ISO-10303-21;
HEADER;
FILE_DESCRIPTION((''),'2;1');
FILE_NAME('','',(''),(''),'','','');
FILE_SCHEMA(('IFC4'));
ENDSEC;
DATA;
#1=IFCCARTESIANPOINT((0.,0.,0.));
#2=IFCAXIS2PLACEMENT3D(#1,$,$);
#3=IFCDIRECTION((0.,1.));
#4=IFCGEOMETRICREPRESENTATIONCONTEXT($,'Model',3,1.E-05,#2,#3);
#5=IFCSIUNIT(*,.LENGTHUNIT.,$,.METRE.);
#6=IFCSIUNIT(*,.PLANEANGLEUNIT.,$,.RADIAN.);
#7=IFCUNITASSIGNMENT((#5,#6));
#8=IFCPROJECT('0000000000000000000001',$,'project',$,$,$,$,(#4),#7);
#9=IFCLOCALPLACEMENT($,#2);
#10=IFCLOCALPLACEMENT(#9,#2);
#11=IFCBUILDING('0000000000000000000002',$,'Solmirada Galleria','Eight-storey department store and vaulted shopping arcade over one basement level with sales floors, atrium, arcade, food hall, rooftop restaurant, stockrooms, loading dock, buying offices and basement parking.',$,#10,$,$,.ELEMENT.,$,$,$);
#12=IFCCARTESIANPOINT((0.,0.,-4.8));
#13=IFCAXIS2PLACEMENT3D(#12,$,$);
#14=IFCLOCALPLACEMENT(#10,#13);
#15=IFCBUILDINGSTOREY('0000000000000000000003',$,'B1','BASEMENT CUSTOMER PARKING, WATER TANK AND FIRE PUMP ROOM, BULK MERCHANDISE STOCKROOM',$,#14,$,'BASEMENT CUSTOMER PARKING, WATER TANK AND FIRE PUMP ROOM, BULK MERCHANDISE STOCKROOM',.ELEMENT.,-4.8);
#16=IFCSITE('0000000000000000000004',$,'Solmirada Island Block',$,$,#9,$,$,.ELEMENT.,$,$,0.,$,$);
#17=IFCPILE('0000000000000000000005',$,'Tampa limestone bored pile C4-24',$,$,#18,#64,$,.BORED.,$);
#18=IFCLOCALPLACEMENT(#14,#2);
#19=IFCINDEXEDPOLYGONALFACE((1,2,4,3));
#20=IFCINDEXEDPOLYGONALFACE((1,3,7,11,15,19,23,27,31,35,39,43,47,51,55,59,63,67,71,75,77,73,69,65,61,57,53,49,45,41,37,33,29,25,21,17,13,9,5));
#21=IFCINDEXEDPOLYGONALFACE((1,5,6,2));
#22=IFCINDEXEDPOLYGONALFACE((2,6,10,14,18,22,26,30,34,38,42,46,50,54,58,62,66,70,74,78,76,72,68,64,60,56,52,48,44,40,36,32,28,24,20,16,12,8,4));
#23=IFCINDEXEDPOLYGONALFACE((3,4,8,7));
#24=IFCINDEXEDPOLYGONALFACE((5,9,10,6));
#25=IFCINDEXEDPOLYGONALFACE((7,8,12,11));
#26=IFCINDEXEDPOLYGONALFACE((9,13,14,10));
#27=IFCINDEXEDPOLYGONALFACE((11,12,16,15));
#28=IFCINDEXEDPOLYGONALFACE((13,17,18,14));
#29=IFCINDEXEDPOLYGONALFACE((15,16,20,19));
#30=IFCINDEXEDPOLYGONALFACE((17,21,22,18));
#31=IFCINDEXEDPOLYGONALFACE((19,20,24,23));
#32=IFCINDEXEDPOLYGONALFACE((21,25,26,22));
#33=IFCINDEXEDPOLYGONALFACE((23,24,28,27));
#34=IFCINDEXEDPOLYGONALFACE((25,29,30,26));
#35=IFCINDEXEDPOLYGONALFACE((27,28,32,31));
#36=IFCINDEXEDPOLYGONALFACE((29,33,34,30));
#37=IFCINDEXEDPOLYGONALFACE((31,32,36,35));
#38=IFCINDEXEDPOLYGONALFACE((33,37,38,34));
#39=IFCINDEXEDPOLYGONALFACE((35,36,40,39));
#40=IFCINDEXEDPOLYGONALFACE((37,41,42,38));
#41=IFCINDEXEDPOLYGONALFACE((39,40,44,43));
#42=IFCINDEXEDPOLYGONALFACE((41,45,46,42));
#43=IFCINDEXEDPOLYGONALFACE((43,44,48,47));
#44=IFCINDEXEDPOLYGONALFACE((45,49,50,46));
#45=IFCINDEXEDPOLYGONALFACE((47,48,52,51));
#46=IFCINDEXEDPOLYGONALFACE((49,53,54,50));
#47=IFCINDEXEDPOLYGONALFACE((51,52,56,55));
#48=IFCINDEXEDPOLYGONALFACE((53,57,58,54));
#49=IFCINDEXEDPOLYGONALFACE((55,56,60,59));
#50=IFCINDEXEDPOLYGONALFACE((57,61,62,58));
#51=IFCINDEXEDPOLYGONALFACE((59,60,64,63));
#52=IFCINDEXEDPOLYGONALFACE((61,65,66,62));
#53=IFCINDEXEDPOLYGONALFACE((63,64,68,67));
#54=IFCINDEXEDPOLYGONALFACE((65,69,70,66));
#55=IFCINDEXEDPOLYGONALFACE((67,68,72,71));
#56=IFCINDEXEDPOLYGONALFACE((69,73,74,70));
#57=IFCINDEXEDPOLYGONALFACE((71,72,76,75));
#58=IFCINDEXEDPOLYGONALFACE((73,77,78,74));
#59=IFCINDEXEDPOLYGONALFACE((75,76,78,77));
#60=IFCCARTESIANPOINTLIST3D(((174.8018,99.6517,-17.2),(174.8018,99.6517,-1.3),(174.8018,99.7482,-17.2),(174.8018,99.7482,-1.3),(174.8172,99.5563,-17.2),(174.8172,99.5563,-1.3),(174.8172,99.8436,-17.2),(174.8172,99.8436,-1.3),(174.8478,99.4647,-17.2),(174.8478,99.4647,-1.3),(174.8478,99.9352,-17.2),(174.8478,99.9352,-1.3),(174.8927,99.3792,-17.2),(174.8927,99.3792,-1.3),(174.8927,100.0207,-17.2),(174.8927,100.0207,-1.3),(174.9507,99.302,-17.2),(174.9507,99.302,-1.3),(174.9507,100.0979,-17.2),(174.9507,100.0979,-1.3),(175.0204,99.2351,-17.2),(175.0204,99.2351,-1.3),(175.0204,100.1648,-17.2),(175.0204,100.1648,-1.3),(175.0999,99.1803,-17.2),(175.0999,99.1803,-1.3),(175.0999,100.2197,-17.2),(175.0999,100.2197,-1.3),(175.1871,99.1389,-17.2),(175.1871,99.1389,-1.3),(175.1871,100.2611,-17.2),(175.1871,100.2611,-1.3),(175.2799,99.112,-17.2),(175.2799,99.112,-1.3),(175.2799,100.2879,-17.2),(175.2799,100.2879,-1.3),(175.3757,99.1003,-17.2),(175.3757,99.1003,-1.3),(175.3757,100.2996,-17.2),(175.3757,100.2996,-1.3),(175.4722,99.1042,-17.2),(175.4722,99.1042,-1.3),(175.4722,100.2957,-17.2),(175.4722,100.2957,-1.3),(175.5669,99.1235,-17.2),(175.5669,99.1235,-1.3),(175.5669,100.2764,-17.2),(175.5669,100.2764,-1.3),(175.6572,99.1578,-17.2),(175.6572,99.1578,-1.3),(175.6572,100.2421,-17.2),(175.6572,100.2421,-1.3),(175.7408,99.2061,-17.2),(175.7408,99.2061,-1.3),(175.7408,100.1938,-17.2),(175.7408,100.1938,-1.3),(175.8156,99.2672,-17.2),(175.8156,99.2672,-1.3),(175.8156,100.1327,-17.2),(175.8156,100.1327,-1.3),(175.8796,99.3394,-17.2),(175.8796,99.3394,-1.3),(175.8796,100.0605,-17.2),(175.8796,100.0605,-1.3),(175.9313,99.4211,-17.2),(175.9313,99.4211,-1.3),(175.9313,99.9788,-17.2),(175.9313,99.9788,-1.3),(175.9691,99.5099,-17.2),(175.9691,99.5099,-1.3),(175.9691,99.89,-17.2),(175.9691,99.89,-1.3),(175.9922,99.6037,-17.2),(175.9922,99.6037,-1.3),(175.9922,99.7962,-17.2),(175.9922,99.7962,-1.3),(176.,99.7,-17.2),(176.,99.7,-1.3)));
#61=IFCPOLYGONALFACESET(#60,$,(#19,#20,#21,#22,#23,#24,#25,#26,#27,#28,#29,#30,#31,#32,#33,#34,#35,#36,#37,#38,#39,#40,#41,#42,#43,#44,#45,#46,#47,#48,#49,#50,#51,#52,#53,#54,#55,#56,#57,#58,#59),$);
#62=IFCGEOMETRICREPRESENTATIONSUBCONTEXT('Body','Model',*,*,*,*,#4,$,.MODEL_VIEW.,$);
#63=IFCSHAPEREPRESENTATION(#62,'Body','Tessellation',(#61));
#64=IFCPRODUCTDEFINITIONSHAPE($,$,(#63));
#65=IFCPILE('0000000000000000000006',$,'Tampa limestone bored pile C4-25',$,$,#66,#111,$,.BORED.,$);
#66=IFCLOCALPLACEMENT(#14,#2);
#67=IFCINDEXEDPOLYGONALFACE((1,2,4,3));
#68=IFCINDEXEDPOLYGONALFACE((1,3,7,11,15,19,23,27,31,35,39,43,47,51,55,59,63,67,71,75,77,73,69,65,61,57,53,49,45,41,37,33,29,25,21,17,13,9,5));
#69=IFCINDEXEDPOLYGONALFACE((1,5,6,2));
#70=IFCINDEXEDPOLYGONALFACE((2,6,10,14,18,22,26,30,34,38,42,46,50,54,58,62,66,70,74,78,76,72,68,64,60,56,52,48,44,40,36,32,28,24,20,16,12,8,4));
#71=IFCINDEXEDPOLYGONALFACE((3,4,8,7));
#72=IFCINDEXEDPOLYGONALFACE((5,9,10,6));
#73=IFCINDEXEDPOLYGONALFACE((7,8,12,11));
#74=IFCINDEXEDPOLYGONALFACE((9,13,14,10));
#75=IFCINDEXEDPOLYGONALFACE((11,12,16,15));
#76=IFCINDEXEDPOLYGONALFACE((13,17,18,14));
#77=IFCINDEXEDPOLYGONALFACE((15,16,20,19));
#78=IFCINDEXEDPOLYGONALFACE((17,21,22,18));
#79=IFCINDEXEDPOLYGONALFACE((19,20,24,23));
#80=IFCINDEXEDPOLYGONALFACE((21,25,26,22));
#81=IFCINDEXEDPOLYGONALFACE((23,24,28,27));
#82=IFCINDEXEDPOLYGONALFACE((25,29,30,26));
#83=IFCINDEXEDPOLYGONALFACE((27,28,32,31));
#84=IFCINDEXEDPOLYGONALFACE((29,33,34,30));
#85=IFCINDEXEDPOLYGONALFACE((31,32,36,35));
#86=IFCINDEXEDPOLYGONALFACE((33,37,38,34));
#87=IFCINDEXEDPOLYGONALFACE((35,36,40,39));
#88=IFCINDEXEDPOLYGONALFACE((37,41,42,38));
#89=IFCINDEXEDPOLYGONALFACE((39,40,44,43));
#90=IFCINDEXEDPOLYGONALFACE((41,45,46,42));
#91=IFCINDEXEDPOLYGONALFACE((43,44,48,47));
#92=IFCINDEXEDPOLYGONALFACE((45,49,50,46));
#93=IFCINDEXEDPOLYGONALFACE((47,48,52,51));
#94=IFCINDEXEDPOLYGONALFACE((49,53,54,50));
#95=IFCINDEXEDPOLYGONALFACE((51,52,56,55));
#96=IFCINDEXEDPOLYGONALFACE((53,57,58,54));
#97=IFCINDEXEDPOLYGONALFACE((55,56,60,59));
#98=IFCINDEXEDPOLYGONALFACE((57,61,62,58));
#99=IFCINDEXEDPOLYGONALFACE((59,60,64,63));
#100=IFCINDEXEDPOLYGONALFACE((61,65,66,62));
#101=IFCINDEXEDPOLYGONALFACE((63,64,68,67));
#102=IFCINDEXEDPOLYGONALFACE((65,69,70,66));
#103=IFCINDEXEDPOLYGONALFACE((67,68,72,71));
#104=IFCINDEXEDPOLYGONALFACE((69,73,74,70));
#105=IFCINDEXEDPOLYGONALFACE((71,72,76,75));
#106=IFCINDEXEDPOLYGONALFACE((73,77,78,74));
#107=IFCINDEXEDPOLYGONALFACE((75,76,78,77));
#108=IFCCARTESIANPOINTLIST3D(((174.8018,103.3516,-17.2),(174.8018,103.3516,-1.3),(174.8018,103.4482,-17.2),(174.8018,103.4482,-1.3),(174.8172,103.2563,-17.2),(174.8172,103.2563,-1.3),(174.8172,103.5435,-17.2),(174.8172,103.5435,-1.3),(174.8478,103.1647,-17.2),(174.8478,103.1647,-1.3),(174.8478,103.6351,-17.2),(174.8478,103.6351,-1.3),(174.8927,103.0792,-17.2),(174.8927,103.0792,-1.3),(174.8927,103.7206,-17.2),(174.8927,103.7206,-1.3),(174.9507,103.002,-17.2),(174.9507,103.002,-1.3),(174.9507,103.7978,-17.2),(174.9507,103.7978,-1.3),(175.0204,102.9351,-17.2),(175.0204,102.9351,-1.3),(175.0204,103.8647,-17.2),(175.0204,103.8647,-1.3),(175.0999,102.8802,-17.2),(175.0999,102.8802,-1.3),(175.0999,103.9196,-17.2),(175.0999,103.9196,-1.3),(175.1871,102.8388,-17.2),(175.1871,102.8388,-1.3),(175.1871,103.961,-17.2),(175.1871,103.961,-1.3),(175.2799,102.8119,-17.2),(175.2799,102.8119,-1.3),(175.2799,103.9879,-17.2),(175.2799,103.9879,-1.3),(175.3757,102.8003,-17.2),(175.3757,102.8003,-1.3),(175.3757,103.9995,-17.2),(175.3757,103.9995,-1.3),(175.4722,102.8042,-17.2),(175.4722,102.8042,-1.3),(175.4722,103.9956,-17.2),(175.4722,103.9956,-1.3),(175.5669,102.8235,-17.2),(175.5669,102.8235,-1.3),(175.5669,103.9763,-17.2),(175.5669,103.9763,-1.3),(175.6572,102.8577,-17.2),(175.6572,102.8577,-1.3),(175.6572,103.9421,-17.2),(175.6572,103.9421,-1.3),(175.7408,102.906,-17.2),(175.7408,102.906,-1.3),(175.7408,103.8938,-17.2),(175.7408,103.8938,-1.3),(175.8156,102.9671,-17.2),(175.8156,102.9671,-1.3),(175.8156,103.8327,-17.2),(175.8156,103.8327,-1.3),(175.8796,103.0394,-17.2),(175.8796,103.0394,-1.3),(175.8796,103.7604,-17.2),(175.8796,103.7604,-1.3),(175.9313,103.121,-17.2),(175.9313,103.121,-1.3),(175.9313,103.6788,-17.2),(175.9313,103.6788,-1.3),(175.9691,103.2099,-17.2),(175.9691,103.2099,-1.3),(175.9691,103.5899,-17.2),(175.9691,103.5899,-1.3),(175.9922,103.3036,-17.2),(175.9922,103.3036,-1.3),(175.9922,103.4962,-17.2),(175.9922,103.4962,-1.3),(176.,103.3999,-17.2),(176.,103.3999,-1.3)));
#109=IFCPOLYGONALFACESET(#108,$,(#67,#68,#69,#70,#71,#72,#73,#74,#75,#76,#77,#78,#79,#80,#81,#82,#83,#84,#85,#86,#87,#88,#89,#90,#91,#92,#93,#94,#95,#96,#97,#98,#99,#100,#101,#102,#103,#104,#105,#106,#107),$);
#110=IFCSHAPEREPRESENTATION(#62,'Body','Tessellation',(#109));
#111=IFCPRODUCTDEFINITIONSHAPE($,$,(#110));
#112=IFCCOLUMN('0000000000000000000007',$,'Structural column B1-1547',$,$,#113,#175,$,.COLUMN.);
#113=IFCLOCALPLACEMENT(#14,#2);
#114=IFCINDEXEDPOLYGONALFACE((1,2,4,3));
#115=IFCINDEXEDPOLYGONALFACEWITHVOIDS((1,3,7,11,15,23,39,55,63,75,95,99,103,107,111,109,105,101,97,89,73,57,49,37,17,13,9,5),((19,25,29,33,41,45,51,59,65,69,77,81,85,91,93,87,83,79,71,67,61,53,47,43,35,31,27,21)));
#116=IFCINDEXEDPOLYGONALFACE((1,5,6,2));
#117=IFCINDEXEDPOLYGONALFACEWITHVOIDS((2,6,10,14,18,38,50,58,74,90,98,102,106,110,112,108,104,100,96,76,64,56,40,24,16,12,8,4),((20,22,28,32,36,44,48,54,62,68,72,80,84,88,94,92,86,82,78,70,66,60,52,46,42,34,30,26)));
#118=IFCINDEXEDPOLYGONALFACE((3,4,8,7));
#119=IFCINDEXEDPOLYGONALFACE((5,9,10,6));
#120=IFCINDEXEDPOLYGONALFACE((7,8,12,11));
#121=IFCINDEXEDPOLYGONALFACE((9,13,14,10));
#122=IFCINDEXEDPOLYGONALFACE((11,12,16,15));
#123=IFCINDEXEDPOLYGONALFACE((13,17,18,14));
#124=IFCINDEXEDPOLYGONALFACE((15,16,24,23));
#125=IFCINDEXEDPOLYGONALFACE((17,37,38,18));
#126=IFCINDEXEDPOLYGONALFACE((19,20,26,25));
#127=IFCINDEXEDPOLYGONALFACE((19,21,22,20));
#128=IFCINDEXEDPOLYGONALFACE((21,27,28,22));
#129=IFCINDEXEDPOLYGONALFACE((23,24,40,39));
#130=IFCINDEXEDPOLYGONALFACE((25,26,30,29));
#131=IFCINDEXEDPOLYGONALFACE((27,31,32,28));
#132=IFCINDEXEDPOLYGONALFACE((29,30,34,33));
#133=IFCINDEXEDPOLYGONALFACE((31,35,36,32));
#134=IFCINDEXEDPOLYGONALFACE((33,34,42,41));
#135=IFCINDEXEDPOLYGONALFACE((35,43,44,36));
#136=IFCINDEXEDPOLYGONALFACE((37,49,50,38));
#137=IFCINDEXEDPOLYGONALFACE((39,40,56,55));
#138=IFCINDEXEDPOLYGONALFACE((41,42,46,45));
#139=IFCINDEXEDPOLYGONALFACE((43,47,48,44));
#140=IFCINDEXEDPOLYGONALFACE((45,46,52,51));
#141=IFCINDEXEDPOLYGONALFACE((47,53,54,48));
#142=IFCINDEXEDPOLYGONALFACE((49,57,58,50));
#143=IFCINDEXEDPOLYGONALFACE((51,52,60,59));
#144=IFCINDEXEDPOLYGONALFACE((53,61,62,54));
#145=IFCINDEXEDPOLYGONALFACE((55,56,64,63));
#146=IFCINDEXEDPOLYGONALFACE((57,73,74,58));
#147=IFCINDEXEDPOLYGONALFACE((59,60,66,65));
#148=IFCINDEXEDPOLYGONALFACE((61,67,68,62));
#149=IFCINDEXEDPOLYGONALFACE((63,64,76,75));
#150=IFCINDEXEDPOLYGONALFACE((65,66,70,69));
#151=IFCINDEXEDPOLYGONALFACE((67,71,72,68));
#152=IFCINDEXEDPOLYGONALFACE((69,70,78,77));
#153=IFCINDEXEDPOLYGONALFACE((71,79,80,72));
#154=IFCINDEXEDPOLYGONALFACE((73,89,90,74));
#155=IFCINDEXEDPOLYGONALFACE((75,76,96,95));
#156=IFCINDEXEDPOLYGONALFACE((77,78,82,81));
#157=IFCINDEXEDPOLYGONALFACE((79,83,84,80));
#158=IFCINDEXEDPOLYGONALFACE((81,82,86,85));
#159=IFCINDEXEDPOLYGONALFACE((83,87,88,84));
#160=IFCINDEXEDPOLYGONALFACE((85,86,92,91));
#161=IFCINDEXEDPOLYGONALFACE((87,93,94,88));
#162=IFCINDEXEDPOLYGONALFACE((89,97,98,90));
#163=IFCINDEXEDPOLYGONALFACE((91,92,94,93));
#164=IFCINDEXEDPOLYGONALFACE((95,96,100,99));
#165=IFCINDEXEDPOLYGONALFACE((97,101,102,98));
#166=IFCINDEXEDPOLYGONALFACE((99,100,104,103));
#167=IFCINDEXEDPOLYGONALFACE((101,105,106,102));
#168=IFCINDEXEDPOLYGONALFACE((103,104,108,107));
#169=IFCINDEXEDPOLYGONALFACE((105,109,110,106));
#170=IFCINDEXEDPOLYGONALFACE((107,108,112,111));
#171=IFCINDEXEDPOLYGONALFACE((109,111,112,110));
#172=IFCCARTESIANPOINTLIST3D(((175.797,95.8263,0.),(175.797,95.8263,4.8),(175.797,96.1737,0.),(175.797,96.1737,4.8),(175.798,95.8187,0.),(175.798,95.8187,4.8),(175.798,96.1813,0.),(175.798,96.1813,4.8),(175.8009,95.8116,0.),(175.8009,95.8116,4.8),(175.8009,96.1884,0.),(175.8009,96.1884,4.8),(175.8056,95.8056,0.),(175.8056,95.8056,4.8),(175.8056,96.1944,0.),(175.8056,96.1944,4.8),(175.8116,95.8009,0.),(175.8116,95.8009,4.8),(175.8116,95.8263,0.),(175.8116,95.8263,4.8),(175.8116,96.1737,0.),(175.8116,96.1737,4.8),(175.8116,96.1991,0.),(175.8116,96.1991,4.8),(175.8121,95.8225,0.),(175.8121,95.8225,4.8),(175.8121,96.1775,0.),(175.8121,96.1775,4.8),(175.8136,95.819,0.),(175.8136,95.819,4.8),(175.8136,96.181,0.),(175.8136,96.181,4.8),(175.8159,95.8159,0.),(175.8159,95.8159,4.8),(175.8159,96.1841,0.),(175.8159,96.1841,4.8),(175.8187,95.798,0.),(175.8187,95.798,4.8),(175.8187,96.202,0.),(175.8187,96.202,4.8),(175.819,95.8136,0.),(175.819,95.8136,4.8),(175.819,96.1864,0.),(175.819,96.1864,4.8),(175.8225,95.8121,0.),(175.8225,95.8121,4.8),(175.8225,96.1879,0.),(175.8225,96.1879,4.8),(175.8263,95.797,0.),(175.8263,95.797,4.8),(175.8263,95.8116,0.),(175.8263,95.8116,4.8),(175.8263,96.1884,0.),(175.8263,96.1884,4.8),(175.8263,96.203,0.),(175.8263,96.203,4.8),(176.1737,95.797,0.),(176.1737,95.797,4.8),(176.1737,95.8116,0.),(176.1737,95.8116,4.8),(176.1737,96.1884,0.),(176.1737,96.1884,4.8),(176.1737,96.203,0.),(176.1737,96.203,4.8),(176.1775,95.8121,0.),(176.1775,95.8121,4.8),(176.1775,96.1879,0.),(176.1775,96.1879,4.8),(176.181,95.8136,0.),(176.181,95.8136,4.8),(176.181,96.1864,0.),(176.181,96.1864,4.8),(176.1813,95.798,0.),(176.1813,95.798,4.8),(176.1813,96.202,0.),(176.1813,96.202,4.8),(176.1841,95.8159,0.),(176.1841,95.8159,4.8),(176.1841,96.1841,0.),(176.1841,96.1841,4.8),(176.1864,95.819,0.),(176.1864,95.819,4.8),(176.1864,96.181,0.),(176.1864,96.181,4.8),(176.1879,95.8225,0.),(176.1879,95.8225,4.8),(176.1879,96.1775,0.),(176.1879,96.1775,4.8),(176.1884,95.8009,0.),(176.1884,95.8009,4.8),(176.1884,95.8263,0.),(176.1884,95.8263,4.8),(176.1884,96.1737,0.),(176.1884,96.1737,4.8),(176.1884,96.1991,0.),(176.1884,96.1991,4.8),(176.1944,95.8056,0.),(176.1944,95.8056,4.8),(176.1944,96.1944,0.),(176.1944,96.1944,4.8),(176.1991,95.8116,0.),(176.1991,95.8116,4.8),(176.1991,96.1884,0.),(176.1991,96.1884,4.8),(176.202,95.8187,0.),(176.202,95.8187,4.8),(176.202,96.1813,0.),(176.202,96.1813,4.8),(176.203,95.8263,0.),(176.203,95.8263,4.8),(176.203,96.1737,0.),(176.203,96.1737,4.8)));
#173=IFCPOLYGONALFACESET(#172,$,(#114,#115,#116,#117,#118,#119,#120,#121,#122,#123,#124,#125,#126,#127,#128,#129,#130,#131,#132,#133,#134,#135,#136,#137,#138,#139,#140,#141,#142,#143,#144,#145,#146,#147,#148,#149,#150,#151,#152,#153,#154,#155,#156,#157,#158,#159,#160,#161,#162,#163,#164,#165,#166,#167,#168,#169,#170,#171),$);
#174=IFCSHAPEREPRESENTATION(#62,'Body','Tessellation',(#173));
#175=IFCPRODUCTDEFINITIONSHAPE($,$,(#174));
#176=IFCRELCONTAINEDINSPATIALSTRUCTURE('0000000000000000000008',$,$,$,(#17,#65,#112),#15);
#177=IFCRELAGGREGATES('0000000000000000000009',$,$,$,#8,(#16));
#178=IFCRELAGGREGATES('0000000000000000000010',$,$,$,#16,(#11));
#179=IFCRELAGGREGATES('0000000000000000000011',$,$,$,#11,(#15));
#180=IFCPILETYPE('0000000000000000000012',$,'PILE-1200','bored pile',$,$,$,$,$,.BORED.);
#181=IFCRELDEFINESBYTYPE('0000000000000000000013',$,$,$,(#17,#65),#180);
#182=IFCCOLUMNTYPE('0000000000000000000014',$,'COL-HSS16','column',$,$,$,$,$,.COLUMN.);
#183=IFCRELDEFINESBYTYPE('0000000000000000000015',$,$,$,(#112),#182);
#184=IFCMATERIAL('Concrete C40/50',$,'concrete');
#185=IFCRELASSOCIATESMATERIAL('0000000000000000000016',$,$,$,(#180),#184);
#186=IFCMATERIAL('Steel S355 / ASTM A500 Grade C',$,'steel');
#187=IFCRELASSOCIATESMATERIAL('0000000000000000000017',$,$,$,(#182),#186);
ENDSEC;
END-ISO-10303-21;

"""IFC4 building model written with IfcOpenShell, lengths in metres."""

from ifc_helpers import new_model, si_unit, direction, frame, origin, origin_2d, place, context, subcontext, project, spatial, hollow_rectangle, circle, extrude, material, material_profile, profile_set, type_object, element, save


model = new_model("IFC4")

# Units and contexts
model_context = context("Model", 3, precision=1e-05, world=origin(), true_north=direction((0.0, 1.0)))
body_context = subcontext(model_context, "Body", "Model", "MODEL_VIEW")
ifc_project = project(units=[si_unit("LENGTHUNIT", "METRE"), si_unit("PLANEANGLEUNIT", "RADIAN")], contexts=[model_context])

# Site, building, storey
site_placement = place(None, origin())
site = spatial("IfcSite", under=ifc_project, at=site_placement, Name="Solmirada Island Block", CompositionType="ELEMENT", RefElevation=0.0)
building_placement = place(site_placement, origin())
building = spatial("IfcBuilding", under=site, at=building_placement, Name="Solmirada Galleria", Description="Eight-storey department store and vaulted shopping arcade over one basement level with sales floors, atrium, arcade, food hall, rooftop restaurant, stockrooms, loading dock, buying offices and basement parking.", CompositionType="ELEMENT")
storey_placement = place(building_placement, frame((0.0, 0.0, -4.8)))
storey = spatial("IfcBuildingStorey", under=building, at=storey_placement, Name="B1", Description="BASEMENT CUSTOMER PARKING, WATER TANK AND FIRE PUMP ROOM, BULK MERCHANDISE STOCKROOM", LongName="BASEMENT CUSTOMER PARKING, WATER TANK AND FIRE PUMP ROOM, BULK MERCHANDISE STOCKROOM", CompositionType="ELEMENT", Elevation=-4.8)

# Piles
ifc_material_1 = material(Name="Concrete C40/50", Category="concrete")
ifc_material_profile_1 = material_profile(ifc_material_1, circle(Radius=0.6001, at=origin_2d()), Name="PILE1200")
ifc_profile_set_1 = profile_set([ifc_material_profile_1], Name="Concrete C40/50")
pile_type = type_object("IfcPileType", Name="PILE-1200", Description="bored pile", PredefinedType="BORED", material=ifc_profile_set_1)
for number, where, z_axis, x_axis, name in (
    (1, (175.3999, 99.7, -1.3), (0.0, 0.0, -1.0), (1.0, 0.0, 0.0), "Tampa limestone bored pile C4-24"),
    (2, (175.3999, 103.3999, -1.3), (0.0, 0.0, -1.0), (1.0, 0.0, 0.0), "Tampa limestone bored pile C4-25"),
):
    element("IfcPile", number, at=place(storey_placement, frame(where, z_axis=z_axis, x_axis=x_axis)), inside=storey, type_object=pile_type, Name=name, PredefinedType="BORED", context=body_context, shape_type="SweptSolid", body=[
        extrude(circle(Radius=0.6001, at=origin_2d()), origin(), (0.0, 0.0, 1.0), 15.8999),
    ])

# Column
ifc_material_2 = material(Name="Steel S355 / ASTM A500 Grade C", Category="steel")
ifc_material_profile_2 = material_profile(ifc_material_2, hollow_rectangle(XDim=0.406, YDim=0.406, WallThickness=0.0146, InnerFilletRadius=0.0146, OuterFilletRadius=0.0293, at=origin_2d()), Name="HSS16X16X5/8")
ifc_profile_set_2 = profile_set([ifc_material_profile_2], Name="Steel S355 / ASTM A500 Grade C")
column_type = type_object("IfcColumnType", Name="COL-HSS16", Description="column", PredefinedType="COLUMN", material=ifc_profile_set_2)
for number, where, z_axis, x_axis, name in (
    (3, (176.0, 96.0, 0.0), (0.0, 0.0, 1.0), (1.0, 0.0, 0.0), "Structural column B1-1547"),
):
    element("IfcColumn", number, at=place(storey_placement, frame(where, z_axis=z_axis, x_axis=x_axis)), inside=storey, type_object=column_type, Name=name, PredefinedType="COLUMN", context=body_context, shape_type="SweptSolid", body=[
        extrude(hollow_rectangle(XDim=0.406, YDim=0.406, WallThickness=0.0146, InnerFilletRadius=0.0146, OuterFilletRadius=0.0293, at=origin_2d()), origin(), (0.0, 0.0, 1.0), 4.8),
    ])

save(model, "model.ifc")
